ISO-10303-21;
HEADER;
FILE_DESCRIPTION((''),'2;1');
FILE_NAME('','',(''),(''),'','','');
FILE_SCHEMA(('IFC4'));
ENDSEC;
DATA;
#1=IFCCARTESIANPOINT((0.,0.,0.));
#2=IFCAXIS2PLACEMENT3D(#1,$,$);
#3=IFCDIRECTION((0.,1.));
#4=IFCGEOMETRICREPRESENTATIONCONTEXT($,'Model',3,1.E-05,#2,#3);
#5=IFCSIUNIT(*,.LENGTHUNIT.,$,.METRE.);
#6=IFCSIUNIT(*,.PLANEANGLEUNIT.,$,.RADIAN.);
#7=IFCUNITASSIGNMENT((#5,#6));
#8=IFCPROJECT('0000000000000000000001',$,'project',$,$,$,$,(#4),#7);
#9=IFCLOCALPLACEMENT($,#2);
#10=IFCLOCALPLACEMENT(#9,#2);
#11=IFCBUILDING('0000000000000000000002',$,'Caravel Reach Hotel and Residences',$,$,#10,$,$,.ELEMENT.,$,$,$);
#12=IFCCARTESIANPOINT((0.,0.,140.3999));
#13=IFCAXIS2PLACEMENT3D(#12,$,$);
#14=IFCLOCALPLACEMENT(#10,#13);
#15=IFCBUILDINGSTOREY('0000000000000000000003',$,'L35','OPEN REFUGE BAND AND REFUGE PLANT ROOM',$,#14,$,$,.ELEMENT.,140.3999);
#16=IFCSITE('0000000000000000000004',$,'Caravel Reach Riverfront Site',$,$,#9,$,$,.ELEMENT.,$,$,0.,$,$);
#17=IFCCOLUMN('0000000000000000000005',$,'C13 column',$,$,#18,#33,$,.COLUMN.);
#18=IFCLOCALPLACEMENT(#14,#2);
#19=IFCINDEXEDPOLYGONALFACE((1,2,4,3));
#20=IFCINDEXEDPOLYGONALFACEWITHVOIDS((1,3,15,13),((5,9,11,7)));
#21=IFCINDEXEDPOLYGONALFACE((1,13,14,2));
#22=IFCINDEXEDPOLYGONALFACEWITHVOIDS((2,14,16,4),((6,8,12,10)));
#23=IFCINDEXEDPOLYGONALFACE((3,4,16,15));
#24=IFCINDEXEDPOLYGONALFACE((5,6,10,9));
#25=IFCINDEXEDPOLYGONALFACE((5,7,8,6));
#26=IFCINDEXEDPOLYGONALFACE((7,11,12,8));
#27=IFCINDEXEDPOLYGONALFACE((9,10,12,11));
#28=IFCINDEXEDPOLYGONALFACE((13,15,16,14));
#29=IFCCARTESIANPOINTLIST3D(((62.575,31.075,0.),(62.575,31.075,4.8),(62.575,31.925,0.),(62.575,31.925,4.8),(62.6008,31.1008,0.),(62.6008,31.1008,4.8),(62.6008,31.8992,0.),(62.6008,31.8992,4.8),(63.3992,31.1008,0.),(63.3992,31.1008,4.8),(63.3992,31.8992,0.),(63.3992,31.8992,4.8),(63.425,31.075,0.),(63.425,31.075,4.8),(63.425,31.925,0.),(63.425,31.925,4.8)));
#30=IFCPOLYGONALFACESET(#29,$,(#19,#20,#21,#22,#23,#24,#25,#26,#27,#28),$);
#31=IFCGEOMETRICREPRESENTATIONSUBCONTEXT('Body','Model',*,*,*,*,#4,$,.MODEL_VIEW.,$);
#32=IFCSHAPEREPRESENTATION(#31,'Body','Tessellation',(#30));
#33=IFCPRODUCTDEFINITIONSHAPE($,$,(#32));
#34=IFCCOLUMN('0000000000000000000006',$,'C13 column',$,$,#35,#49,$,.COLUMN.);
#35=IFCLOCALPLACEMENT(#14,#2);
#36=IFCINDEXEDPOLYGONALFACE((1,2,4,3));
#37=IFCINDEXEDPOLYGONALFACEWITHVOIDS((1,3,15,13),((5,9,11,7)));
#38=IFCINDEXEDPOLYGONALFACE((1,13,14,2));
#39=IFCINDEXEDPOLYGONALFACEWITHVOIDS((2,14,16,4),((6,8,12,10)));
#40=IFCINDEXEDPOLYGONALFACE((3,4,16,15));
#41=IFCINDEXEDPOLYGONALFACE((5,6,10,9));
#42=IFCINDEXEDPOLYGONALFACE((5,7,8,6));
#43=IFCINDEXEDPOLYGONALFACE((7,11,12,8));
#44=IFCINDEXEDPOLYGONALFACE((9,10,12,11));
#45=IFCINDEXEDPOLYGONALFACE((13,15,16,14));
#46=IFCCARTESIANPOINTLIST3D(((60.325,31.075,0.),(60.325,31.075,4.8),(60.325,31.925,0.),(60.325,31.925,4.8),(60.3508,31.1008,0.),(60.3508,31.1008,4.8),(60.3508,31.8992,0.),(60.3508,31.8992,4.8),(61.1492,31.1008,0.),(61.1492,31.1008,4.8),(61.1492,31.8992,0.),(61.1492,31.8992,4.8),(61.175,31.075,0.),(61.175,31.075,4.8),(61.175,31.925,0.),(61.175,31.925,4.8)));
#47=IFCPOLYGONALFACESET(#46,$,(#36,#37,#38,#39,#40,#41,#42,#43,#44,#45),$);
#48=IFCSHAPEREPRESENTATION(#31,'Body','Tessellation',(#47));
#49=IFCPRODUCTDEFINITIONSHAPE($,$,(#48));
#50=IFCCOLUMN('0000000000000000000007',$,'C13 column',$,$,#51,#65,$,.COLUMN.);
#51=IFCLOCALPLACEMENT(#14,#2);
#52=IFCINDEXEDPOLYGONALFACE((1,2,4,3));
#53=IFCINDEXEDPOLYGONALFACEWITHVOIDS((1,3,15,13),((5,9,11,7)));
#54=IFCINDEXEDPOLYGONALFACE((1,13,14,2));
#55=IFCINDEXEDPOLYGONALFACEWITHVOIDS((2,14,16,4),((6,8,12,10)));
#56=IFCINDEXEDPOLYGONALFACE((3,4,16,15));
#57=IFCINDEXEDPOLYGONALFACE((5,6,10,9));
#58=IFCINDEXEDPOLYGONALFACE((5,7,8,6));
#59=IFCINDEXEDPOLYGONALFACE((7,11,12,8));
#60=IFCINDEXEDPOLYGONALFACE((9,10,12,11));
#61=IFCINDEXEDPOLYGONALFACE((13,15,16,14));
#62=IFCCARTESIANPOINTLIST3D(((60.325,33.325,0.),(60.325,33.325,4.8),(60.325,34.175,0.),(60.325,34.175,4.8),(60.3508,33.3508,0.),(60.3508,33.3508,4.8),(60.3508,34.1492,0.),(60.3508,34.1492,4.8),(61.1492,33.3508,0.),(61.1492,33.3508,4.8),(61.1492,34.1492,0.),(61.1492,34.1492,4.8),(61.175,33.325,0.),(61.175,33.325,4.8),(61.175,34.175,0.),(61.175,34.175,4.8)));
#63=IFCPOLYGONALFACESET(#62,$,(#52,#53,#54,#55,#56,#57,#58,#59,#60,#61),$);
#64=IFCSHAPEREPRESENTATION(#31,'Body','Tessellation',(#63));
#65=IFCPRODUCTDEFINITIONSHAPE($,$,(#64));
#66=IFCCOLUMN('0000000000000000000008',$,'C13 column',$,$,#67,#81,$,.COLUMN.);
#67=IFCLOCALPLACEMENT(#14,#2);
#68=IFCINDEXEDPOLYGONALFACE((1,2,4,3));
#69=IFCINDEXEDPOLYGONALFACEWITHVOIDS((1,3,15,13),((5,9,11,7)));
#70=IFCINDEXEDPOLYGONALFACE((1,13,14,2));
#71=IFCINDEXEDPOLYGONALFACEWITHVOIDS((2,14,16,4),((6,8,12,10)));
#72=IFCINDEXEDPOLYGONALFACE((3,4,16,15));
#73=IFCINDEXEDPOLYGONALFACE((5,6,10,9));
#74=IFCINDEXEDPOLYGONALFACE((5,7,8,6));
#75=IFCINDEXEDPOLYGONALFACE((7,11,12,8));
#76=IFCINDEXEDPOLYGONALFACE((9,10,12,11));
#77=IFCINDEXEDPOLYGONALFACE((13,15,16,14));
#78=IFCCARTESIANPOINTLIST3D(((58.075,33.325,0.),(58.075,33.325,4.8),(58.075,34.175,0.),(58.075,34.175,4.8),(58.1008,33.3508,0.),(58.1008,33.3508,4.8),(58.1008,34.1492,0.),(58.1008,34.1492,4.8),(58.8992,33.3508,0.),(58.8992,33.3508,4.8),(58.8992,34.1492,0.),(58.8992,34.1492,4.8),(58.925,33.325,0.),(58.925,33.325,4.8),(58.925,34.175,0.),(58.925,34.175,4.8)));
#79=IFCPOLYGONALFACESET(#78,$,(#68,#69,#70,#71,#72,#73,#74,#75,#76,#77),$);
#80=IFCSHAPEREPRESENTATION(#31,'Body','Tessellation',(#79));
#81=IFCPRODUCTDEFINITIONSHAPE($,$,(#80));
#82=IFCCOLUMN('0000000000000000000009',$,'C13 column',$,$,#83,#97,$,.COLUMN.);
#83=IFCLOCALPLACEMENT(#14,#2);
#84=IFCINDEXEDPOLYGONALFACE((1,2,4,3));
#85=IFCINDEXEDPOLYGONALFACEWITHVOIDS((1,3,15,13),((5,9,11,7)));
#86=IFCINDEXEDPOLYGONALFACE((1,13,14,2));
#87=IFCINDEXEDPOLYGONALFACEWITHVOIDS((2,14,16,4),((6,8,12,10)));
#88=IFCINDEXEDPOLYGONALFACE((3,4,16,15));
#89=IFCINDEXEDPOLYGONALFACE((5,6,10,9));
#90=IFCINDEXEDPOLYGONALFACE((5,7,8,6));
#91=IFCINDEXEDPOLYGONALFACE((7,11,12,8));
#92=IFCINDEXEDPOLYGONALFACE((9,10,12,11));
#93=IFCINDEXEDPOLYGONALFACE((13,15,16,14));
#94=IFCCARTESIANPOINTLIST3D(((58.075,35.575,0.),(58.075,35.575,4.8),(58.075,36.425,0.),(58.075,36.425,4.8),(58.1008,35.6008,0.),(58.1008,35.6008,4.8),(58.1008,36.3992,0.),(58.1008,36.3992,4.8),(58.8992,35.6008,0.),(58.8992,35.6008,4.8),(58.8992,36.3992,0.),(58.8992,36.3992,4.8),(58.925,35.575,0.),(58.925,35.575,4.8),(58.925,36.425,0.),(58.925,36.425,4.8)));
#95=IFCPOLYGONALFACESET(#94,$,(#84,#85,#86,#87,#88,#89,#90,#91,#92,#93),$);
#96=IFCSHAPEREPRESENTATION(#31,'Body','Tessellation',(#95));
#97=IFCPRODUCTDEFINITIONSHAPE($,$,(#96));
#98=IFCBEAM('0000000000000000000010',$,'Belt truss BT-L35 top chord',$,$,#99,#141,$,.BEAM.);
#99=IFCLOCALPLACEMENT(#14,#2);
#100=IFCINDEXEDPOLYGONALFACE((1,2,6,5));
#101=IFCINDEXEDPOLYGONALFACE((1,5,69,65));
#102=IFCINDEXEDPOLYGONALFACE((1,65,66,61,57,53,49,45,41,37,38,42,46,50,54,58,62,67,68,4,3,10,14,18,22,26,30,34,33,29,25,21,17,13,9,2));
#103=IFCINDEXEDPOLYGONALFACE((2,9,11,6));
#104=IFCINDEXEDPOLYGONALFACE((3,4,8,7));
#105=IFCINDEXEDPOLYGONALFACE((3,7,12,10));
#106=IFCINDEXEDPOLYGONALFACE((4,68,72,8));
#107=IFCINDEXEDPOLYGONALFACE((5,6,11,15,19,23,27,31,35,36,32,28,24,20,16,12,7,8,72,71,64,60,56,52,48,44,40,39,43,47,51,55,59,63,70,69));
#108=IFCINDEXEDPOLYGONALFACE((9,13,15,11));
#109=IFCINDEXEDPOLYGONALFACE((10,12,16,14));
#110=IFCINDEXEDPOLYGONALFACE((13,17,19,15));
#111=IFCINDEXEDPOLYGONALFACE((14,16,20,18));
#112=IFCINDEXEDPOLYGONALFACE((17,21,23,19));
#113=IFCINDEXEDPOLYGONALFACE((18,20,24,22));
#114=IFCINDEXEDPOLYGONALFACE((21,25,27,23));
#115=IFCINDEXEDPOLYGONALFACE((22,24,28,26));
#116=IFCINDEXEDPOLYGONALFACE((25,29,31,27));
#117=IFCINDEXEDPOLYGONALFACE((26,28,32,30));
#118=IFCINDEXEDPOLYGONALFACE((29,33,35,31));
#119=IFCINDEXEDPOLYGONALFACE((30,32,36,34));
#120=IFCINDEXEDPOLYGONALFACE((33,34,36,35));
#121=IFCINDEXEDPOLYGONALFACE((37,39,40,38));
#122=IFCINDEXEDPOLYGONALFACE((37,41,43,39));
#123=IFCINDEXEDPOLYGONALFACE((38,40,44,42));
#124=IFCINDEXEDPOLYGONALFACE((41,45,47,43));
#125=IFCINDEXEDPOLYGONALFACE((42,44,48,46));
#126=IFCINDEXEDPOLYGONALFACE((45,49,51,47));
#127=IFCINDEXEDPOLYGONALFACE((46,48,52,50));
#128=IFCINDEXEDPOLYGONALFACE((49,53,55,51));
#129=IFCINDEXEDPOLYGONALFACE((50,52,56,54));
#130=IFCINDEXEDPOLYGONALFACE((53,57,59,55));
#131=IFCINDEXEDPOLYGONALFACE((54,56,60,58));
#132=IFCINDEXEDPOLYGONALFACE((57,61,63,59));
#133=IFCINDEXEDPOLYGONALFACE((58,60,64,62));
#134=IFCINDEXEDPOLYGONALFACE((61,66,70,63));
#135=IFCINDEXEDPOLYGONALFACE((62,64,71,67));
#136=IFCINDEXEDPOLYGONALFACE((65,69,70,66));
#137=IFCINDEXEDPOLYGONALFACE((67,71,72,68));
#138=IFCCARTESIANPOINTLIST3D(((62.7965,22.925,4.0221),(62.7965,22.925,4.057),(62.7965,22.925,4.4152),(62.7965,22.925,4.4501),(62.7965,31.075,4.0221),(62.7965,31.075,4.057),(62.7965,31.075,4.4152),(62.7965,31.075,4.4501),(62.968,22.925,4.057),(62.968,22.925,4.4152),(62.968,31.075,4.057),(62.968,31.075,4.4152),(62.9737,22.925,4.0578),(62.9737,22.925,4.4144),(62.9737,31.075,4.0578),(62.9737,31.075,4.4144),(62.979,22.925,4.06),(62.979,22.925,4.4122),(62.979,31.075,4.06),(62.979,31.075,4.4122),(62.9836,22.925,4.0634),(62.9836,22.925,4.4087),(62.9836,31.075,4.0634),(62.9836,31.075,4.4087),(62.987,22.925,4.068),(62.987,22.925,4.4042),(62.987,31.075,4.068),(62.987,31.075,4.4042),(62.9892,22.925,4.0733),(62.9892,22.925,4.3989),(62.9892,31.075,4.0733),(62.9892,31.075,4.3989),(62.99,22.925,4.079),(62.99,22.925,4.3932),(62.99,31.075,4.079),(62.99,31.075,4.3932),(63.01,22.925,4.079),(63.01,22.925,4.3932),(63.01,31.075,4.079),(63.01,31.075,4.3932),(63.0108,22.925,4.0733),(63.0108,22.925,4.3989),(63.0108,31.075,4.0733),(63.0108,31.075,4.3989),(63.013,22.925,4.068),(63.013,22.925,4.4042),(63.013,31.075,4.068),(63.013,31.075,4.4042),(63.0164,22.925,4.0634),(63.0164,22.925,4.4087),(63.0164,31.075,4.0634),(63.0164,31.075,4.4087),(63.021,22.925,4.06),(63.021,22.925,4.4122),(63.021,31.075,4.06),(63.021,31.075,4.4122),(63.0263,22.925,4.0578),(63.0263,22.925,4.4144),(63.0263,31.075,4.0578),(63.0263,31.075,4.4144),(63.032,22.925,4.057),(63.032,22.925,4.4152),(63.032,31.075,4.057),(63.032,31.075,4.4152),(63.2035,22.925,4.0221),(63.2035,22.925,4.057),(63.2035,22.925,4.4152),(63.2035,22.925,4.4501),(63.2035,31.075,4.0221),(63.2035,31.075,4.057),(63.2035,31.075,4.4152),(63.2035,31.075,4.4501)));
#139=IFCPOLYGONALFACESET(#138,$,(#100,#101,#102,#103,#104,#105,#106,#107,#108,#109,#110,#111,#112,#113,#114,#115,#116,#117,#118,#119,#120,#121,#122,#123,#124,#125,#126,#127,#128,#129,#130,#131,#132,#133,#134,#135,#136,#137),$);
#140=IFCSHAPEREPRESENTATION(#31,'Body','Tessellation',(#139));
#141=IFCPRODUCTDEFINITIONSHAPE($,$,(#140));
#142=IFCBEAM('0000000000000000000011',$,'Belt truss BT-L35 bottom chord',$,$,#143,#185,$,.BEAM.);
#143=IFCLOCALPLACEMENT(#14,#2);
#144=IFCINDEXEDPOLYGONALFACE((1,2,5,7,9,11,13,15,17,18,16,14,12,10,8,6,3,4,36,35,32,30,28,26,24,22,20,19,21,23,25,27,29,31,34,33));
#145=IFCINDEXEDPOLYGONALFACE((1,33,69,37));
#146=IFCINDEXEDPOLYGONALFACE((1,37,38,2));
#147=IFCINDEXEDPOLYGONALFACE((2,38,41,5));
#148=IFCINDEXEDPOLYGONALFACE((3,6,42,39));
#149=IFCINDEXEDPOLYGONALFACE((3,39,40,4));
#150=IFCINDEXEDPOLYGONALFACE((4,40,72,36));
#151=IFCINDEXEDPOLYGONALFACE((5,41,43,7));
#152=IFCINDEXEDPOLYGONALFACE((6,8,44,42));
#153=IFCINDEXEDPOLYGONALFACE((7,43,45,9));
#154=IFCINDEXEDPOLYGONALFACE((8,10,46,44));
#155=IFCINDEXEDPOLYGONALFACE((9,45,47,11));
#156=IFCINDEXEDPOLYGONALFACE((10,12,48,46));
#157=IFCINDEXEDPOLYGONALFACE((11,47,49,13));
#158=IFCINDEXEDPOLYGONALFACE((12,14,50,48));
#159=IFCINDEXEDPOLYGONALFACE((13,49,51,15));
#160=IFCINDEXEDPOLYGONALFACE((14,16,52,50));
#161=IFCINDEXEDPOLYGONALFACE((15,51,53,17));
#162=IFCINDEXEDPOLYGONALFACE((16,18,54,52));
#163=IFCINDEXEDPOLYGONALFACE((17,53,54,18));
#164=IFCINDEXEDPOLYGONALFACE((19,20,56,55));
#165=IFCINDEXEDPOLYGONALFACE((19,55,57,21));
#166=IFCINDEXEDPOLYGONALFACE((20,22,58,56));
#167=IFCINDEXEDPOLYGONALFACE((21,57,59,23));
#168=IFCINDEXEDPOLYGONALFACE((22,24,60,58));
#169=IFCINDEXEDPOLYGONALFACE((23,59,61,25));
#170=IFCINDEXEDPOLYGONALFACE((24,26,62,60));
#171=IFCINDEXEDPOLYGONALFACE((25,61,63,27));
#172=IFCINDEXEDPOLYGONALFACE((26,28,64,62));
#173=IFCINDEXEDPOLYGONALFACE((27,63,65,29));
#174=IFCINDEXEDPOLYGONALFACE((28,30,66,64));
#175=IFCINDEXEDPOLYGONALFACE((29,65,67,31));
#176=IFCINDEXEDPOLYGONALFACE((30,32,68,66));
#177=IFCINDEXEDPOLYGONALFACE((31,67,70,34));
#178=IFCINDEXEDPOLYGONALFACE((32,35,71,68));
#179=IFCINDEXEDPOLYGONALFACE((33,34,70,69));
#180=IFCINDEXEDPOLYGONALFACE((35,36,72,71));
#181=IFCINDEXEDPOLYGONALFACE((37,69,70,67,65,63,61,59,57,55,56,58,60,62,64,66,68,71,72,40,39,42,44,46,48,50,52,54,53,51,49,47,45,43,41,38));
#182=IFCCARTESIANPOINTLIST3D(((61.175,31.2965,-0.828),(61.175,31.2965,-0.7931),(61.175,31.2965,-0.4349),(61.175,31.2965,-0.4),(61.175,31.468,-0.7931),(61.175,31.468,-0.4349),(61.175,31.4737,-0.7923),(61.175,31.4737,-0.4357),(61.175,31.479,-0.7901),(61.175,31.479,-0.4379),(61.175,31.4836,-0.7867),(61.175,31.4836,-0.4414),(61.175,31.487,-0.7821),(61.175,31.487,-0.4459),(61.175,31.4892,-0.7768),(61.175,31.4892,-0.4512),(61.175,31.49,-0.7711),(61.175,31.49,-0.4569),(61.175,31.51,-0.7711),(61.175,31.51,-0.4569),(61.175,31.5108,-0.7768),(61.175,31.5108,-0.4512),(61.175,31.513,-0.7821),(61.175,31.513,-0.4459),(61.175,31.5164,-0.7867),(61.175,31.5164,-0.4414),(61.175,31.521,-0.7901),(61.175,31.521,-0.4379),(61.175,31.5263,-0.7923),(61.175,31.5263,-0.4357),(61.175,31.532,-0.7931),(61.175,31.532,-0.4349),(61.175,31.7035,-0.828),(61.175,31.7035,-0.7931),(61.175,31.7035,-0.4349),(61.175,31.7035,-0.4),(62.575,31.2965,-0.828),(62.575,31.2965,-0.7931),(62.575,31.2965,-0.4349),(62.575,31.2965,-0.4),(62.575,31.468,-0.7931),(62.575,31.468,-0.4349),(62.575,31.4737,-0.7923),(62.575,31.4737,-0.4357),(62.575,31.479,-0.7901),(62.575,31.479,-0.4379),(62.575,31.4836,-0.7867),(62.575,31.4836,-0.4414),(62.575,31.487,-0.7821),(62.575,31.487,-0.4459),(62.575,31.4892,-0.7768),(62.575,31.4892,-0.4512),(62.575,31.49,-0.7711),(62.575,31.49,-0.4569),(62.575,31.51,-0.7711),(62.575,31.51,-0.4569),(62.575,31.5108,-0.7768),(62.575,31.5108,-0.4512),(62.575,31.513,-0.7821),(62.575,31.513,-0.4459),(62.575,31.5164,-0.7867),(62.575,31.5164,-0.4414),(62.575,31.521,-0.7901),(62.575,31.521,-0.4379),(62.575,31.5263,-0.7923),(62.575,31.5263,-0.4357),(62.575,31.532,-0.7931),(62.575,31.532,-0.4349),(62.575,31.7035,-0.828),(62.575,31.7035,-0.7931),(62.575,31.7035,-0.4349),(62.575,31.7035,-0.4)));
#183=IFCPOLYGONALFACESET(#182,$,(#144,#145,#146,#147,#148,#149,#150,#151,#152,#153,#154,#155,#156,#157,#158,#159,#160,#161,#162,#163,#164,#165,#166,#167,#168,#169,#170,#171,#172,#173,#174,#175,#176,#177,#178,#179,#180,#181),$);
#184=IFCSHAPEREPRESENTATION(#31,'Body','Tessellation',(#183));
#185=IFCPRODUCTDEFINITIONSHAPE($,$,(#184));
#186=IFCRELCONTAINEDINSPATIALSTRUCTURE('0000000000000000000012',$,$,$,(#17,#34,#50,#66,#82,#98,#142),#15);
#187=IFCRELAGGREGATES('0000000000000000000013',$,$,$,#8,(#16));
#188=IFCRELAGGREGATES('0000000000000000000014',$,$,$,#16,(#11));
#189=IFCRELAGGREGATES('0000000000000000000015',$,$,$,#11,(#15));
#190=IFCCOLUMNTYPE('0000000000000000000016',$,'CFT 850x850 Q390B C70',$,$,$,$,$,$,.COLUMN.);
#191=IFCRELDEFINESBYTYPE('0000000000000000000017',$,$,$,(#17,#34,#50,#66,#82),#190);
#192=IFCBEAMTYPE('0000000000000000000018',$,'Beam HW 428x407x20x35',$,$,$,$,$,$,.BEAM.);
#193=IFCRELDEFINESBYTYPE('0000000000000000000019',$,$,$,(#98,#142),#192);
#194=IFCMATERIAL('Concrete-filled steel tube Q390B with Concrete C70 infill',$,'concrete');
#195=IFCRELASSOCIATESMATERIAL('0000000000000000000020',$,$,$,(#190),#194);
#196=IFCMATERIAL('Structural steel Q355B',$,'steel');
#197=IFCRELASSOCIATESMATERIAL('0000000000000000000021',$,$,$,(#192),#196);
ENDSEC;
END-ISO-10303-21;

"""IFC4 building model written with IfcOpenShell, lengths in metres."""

from ifc_helpers import new_model, si_unit, direction, frame, origin, origin_2d, place, context, subcontext, project, spatial, hollow_rectangle, i_section, extrude, material, material_profile, profile_set, type_object, element, save


model = new_model("IFC4")

# Units and contexts
model_context = context("Model", 3, precision=1e-05, world=origin(), true_north=direction((0.0, 1.0)))
body_context = subcontext(model_context, "Body", "Model", "MODEL_VIEW")
ifc_project = project(units=[si_unit("LENGTHUNIT", "METRE"), si_unit("PLANEANGLEUNIT", "RADIAN")], contexts=[model_context])

# Site, building, storey
site_placement = place(None, origin())
site = spatial("IfcSite", under=ifc_project, at=site_placement, Name="Caravel Reach Riverfront Site", CompositionType="ELEMENT", RefElevation=0.0)
building_placement = place(site_placement, origin())
building = spatial("IfcBuilding", under=site, at=building_placement, Name="Caravel Reach Hotel and Residences", CompositionType="ELEMENT")
storey_placement = place(building_placement, frame((0.0, 0.0, 140.3999)))
storey = spatial("IfcBuildingStorey", under=building, at=storey_placement, Name="L35", Description="OPEN REFUGE BAND AND REFUGE PLANT ROOM", CompositionType="ELEMENT", Elevation=140.3999)

# Columns
ifc_material_1 = material(Name="Concrete-filled steel tube Q390B with Concrete C70 infill", Category="concrete")
ifc_material_profile_1 = material_profile(ifc_material_1, hollow_rectangle(XDim=0.8501, YDim=0.8501, WallThickness=0.0259, at=origin_2d()), Name="RHS 850x850x26")
ifc_profile_set_1 = profile_set([ifc_material_profile_1], Name="Concrete-filled steel tube Q390B with Concrete C70 infill")
column_type = type_object("IfcColumnType", Name="CFT 850x850 Q390B C70", PredefinedType="COLUMN", material=ifc_profile_set_1)
for number, where, z_axis, x_axis, name in (
    (1, (63.0, 31.5, 0.0), (0.0, 0.0, 1.0), (1.0, 0.0, 0.0), "C13 column"),
    (2, (60.75, 31.5, 0.0), (0.0, 0.0, 1.0), (1.0, 0.0, 0.0), "C13 column"),
    (3, (60.75, 33.75, 0.0), (0.0, 0.0, 1.0), (1.0, 0.0, 0.0), "C13 column"),
    (4, (58.5, 33.75, 0.0), (0.0, 0.0, 1.0), (1.0, 0.0, 0.0), "C13 column"),
    (5, (58.5, 36.0, 0.0), (0.0, 0.0, 1.0), (1.0, 0.0, 0.0), "C13 column"),
):
    element("IfcColumn", number, at=place(storey_placement, frame(where, z_axis=z_axis, x_axis=x_axis)), inside=storey, type_object=column_type, Name=name, PredefinedType="COLUMN", context=body_context, shape_type="SweptSolid", body=[
        extrude(hollow_rectangle(XDim=0.8501, YDim=0.8501, WallThickness=0.0259, at=origin_2d()), origin(), (0.0, 0.0, 1.0), 4.8),
    ])

# Beams
ifc_material_2 = material(Name="Structural steel Q355B", Category="steel")
ifc_material_profile_2 = material_profile(ifc_material_2, i_section(OverallWidth=0.407, OverallDepth=0.428, WebThickness=0.02, FlangeThickness=0.0349, FilletRadius=0.022, at=origin_2d()), Name="HW 428x407x20x35")
ifc_profile_set_2 = profile_set([ifc_material_profile_2], Name="Structural steel Q355B")
beam_type = type_object("IfcBeamType", Name="Beam HW 428x407x20x35", PredefinedType="BEAM", material=ifc_profile_set_2)
beam_placement = place(storey_placement, frame((63.0, 22.925, 4.2361), z_axis=(0.0, 1.0, 0.0), x_axis=(-1.0, 0.0, 0.0)))
element("IfcBeam", 6, at=beam_placement, inside=storey, type_object=beam_type, Name="Belt truss BT-L35 top chord", PredefinedType="BEAM", context=body_context, shape_type="SweptSolid", body=[
    extrude(i_section(OverallWidth=0.407, OverallDepth=0.428, WebThickness=0.02, FlangeThickness=0.0349, FilletRadius=0.022, at=origin_2d()), origin(), (0.0, 0.0, 1.0), 8.1499),
])
for number, where, z_axis, x_axis, name in (
    (7, (62.575, 31.5, -0.614), (-1.0, 0.0, 0.0), (0.0, -1.0, 0.0), "Belt truss BT-L35 bottom chord"),
):
    element("IfcBeam", number, at=place(storey_placement, frame(where, z_axis=z_axis, x_axis=x_axis)), inside=storey, type_object=beam_type, Name=name, PredefinedType="BEAM", context=body_context, shape_type="SweptSolid", body=[
        extrude(i_section(OverallWidth=0.407, OverallDepth=0.428, WebThickness=0.02, FlangeThickness=0.0349, FilletRadius=0.022, at=origin_2d()), origin(), (0.0, 0.0, 1.0), 1.3999),
    ])

save(model, "model.ifc")
